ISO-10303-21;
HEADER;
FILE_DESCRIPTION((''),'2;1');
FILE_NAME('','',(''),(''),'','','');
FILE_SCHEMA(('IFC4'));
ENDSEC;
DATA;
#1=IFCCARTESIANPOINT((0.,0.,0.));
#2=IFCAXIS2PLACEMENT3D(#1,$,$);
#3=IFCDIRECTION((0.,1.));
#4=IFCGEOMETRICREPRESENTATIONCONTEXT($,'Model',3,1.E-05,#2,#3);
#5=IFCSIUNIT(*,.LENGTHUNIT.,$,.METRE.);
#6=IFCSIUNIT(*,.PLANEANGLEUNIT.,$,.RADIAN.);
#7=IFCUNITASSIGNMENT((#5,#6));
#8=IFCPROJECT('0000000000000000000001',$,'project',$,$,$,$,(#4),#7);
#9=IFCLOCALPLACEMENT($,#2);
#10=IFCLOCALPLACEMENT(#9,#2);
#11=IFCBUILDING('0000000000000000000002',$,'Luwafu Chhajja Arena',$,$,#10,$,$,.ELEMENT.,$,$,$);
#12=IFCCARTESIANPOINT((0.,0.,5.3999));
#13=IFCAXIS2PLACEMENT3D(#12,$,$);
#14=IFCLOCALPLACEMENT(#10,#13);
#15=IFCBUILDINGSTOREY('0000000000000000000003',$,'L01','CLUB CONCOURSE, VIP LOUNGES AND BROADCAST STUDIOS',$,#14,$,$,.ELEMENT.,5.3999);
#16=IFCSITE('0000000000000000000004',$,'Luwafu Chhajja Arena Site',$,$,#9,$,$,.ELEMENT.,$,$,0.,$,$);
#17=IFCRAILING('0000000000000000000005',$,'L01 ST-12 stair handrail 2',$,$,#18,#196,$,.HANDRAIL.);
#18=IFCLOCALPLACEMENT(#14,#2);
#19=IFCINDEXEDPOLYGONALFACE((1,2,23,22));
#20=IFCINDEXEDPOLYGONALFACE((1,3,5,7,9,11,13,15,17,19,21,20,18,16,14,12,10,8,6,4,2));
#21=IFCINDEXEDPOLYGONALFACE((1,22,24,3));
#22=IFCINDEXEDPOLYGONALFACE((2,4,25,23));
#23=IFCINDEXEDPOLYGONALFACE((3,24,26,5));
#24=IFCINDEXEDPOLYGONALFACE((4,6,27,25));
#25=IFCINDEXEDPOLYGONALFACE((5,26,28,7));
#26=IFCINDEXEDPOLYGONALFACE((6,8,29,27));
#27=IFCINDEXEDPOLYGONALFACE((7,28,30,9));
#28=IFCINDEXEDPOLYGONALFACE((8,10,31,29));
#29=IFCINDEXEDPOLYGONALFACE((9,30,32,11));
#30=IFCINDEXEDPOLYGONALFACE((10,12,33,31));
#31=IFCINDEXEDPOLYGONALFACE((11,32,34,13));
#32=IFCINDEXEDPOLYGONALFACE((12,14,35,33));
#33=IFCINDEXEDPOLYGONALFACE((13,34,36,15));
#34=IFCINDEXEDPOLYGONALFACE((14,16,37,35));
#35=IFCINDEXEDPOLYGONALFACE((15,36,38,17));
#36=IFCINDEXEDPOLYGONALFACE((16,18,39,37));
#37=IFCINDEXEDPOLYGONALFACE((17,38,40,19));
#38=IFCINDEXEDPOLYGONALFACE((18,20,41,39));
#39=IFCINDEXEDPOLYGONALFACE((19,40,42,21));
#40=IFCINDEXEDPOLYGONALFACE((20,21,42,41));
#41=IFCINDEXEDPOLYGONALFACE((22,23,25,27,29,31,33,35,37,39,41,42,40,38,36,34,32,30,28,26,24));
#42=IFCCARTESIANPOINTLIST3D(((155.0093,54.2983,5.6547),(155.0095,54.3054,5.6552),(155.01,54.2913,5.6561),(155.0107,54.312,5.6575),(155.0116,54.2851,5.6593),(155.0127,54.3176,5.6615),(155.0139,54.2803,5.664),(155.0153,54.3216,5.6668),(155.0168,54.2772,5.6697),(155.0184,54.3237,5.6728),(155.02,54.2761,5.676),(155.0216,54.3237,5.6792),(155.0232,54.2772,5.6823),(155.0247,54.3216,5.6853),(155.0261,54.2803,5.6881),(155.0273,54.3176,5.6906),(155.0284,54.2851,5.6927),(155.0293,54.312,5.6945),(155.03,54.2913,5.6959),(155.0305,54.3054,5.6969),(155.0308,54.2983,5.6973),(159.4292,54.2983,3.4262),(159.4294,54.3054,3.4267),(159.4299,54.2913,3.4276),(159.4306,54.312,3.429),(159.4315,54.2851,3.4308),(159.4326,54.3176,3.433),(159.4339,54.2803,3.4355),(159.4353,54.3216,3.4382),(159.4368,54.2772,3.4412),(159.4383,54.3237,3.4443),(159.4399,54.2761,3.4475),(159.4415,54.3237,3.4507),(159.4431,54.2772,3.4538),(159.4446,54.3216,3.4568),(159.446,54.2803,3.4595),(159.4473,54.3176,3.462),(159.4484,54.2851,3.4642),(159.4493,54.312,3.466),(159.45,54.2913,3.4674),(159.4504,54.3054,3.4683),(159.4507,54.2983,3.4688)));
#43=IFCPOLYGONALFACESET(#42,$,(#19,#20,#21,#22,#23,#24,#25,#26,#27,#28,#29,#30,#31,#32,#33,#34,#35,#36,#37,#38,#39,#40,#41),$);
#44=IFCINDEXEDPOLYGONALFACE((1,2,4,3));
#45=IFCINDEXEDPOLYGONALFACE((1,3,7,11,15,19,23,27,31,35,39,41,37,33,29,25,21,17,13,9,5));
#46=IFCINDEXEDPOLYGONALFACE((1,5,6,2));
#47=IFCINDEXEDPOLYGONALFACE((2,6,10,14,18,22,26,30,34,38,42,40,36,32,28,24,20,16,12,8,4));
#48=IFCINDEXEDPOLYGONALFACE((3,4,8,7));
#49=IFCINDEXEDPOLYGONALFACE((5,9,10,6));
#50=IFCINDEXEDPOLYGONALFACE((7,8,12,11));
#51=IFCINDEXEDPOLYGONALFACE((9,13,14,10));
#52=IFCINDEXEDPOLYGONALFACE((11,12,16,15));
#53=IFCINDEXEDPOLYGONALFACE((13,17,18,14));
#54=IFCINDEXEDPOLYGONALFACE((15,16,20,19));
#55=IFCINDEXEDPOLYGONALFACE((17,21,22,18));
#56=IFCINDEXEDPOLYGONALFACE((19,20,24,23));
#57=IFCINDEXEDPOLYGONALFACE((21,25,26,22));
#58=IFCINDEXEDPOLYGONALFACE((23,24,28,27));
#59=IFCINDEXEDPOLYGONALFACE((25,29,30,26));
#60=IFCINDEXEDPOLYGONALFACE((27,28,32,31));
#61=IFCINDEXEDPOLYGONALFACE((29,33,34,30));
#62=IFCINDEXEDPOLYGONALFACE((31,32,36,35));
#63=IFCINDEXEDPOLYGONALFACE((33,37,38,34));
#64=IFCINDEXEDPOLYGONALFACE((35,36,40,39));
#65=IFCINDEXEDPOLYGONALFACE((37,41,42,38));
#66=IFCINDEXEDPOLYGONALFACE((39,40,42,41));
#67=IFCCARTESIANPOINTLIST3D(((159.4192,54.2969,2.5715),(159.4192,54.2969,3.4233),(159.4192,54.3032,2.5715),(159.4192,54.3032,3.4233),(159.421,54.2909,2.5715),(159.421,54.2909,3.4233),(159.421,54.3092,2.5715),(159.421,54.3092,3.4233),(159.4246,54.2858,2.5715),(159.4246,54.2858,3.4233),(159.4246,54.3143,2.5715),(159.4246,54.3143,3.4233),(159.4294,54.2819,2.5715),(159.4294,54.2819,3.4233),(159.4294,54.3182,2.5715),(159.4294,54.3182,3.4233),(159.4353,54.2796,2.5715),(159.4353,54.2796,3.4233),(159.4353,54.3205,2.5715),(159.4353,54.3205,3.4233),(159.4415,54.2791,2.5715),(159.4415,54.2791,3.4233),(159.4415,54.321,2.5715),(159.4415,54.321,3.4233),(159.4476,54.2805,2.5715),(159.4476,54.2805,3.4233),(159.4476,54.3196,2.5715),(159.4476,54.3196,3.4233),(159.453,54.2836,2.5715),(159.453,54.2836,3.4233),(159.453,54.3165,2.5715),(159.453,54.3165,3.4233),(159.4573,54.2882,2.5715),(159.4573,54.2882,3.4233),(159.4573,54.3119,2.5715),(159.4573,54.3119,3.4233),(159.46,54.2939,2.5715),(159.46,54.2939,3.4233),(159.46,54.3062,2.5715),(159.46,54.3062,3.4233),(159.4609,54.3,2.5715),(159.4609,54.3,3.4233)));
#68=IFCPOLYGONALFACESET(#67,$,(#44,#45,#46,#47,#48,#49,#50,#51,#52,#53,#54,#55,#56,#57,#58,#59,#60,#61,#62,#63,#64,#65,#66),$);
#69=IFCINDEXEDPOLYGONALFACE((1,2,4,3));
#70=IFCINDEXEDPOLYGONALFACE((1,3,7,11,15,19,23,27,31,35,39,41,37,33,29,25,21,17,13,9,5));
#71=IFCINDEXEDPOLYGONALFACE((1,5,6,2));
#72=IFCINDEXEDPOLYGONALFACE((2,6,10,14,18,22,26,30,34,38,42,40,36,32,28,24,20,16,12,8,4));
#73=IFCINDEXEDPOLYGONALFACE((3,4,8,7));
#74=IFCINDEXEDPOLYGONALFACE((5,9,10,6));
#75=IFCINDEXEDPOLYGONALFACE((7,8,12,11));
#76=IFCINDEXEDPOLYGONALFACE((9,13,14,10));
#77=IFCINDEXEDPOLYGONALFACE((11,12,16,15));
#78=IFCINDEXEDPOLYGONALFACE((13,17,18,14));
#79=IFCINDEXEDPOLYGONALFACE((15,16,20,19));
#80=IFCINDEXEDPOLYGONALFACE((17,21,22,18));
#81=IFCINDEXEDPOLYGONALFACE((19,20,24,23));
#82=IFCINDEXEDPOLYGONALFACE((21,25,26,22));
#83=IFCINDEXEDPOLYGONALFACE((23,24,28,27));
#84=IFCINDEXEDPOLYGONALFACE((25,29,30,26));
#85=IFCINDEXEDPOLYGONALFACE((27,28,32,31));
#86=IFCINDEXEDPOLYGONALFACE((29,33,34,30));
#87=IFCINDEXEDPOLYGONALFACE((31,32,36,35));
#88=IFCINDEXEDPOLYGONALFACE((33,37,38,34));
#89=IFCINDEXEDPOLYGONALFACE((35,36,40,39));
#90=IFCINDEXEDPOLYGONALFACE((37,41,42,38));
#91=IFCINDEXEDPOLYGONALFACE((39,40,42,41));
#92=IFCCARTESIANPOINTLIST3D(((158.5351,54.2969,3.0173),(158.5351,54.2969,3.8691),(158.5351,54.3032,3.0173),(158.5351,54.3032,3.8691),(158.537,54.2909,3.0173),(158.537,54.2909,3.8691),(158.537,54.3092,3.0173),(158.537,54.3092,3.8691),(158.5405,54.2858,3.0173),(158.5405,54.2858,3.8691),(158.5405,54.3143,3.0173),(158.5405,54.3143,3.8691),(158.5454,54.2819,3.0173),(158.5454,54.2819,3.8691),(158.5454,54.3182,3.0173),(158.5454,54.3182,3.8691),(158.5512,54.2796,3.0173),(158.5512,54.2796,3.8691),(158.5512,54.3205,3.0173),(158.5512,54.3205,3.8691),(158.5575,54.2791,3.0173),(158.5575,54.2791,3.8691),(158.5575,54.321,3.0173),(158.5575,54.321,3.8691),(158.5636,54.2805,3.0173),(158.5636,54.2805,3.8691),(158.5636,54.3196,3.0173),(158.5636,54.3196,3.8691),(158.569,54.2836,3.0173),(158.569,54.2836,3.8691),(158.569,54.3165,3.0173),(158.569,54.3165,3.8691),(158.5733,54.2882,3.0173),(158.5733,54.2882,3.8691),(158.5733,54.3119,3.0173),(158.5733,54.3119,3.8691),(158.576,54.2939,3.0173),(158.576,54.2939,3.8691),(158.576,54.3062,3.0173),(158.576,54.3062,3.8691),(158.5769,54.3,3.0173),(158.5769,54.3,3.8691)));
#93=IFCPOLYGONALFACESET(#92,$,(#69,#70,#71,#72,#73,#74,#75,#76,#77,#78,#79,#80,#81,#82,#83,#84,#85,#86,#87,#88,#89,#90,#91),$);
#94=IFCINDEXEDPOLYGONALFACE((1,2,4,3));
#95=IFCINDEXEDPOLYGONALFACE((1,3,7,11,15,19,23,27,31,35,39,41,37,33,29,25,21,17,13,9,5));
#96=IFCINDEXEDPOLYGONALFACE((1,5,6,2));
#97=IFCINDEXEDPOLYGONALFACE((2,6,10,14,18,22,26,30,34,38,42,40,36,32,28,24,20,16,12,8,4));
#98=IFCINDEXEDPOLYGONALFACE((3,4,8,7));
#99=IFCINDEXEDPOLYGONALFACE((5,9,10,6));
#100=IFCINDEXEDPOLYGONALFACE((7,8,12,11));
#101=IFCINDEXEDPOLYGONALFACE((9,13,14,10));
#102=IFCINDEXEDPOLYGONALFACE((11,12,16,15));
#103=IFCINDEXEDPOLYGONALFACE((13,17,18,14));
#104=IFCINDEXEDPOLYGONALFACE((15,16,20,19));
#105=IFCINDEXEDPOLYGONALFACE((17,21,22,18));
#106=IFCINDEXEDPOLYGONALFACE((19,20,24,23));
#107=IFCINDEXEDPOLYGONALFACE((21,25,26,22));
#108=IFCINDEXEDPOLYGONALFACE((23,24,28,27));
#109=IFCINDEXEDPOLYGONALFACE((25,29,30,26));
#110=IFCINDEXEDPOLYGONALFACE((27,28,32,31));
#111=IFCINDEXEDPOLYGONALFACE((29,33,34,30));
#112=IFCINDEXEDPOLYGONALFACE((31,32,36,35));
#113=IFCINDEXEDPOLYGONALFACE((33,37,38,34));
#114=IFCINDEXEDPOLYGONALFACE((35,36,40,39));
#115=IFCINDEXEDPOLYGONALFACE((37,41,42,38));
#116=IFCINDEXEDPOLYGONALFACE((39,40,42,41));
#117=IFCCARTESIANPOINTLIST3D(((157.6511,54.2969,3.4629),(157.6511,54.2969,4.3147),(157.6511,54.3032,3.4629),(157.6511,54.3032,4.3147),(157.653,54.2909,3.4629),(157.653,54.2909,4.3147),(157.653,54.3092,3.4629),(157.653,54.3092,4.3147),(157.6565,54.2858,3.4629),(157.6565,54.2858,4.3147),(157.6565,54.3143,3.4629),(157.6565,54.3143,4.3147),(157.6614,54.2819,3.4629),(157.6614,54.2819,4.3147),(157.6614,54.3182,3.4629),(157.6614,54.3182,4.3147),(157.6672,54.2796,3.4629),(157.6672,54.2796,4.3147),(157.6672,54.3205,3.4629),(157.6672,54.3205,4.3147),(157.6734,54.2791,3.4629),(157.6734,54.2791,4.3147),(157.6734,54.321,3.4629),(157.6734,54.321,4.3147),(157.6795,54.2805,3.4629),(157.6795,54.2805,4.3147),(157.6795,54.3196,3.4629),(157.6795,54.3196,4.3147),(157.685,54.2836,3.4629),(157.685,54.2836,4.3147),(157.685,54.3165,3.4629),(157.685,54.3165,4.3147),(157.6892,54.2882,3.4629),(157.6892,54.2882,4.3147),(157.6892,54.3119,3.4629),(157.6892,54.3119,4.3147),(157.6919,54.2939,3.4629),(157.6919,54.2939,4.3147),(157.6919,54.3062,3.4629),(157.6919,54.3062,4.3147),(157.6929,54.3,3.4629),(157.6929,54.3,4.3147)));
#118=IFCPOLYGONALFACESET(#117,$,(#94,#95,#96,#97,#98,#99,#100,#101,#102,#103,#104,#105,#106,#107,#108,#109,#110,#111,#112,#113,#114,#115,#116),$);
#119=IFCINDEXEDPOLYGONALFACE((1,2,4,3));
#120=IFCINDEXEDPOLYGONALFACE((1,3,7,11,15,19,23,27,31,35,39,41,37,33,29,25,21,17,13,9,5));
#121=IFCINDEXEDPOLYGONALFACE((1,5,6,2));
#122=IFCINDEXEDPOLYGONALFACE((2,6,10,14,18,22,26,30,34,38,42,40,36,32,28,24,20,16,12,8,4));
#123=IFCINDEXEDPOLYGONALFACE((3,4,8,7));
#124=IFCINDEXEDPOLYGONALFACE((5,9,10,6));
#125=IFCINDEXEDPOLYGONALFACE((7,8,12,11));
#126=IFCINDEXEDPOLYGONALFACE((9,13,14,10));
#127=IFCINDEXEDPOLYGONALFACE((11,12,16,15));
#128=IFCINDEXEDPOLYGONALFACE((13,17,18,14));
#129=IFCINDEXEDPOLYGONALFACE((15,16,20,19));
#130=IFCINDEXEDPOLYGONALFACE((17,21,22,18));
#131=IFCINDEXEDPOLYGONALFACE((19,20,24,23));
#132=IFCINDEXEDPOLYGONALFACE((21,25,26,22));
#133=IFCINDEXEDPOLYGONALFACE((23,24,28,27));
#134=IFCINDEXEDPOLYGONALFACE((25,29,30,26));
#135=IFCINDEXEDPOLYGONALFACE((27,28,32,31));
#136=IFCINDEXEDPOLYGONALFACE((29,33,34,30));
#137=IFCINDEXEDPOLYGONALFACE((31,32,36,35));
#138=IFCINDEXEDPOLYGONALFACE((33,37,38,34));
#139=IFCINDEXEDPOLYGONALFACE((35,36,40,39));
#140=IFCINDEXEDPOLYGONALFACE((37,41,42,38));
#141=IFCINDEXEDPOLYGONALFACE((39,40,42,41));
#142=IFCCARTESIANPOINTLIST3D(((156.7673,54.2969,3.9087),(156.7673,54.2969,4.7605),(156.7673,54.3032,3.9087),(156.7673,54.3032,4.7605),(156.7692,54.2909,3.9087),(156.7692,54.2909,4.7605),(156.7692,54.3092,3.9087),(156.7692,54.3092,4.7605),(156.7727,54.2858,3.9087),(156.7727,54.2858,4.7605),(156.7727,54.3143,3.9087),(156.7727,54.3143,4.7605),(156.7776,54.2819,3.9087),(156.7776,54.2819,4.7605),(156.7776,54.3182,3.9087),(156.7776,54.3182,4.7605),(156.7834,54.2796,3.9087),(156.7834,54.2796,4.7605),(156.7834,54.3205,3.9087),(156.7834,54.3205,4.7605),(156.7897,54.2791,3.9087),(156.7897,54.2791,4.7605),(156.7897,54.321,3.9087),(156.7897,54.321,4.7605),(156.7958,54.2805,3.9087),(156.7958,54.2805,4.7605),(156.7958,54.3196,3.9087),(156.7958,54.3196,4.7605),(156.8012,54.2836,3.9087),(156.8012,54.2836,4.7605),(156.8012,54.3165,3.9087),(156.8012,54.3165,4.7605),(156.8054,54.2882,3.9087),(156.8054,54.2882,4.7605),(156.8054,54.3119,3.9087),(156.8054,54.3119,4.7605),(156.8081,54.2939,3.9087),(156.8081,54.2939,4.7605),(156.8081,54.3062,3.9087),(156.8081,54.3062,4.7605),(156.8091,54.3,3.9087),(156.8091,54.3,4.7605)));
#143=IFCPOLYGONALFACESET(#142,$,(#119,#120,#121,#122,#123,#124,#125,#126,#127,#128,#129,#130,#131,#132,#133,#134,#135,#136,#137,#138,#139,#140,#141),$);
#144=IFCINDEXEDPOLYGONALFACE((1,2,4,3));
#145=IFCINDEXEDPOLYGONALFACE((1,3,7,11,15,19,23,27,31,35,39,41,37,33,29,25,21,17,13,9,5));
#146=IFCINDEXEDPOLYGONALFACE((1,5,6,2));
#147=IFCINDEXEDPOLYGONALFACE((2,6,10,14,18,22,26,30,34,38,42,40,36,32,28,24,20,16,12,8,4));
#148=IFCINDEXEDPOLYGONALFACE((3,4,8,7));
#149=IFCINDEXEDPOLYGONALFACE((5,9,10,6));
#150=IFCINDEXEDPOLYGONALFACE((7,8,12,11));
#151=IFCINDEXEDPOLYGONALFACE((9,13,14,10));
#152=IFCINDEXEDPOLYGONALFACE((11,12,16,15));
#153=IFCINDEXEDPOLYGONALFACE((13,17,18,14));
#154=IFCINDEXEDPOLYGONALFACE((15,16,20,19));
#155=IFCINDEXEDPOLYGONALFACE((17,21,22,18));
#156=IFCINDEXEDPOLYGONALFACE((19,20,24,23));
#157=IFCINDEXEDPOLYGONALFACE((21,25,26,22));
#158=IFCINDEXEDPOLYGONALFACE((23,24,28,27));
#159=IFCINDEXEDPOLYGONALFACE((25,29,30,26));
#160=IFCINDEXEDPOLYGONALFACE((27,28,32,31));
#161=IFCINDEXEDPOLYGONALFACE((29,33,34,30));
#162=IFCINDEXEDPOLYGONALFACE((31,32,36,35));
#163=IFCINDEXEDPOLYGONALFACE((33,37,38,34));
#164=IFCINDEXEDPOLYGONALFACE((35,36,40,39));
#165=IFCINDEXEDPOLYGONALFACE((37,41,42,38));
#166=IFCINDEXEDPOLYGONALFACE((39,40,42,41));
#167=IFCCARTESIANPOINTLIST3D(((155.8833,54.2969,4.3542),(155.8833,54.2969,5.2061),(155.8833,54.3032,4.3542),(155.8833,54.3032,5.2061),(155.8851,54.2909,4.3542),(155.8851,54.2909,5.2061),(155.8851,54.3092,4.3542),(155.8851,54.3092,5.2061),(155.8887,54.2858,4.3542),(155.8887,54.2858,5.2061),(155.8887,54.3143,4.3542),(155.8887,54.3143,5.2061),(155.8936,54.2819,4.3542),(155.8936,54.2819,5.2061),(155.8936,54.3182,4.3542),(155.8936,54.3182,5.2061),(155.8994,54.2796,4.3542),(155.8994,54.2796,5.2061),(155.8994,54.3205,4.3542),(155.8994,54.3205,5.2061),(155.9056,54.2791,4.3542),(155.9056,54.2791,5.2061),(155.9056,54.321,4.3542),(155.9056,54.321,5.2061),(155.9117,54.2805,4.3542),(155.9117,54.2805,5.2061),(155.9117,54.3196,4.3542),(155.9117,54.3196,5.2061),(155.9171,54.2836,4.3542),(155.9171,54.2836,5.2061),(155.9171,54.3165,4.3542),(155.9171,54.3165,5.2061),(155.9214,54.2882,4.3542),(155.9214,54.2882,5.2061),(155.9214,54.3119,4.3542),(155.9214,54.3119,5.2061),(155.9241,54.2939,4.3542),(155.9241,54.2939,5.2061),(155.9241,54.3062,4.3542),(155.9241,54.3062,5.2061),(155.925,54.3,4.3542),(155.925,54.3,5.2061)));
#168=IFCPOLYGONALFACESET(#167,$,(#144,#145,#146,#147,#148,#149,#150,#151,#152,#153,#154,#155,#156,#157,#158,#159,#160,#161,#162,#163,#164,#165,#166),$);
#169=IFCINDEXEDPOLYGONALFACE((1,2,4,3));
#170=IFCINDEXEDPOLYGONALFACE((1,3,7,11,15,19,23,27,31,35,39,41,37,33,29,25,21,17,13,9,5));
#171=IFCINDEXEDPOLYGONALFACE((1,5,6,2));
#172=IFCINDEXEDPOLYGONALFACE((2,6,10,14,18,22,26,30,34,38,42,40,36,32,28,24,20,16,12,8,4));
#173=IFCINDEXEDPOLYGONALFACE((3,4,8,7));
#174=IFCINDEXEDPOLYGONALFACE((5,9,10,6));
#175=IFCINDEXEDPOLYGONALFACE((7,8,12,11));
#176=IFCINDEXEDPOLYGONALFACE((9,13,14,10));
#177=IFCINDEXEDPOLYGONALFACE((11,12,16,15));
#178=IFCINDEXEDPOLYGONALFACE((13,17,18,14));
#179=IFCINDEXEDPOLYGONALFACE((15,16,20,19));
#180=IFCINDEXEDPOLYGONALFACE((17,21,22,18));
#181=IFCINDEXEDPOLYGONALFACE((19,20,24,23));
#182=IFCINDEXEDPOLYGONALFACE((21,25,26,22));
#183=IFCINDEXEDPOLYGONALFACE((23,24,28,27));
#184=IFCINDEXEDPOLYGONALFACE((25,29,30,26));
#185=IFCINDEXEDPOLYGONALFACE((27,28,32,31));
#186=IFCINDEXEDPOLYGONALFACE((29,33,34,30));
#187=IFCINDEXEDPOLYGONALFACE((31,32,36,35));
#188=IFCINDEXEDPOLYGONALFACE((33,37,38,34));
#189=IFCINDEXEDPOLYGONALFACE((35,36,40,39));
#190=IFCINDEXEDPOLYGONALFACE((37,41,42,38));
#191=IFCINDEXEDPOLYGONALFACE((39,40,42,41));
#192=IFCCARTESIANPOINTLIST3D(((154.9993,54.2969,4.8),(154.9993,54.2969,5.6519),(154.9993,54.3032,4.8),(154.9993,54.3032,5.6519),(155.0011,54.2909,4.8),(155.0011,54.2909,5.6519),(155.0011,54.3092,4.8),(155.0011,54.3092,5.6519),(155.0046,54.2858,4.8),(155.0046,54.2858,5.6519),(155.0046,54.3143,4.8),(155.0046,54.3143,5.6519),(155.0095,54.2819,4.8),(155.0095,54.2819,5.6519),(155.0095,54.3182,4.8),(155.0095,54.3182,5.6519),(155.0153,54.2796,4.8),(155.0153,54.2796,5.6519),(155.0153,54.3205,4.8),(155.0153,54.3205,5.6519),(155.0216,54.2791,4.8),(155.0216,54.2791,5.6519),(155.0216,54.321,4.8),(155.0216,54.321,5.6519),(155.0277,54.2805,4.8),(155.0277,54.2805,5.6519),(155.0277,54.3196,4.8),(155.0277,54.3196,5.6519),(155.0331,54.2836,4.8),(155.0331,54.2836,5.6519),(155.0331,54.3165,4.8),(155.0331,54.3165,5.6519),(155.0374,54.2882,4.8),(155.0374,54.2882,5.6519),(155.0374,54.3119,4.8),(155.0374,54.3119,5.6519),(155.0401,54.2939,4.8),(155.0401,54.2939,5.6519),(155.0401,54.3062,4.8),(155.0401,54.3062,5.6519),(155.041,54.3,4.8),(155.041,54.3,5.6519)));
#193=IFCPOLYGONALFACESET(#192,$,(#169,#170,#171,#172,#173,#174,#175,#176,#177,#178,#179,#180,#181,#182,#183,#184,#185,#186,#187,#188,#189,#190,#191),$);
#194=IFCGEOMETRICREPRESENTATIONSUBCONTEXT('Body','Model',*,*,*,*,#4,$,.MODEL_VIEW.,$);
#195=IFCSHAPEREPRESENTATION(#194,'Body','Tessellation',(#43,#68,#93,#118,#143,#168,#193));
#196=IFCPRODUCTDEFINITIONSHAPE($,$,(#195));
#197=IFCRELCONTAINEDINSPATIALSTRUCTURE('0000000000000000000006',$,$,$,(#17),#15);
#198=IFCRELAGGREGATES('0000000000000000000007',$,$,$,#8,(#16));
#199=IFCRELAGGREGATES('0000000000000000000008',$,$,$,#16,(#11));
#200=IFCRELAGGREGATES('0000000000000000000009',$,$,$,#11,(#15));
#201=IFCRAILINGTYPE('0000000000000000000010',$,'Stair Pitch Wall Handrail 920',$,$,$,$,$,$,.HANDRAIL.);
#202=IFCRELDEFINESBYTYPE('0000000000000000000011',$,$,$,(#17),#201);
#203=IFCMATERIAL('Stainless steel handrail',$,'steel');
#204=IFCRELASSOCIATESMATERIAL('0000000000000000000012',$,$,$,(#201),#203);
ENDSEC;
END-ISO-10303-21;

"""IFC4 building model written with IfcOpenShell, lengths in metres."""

from ifc_helpers import new_model, si_unit, direction, frame, origin, origin_2d, place, context, subcontext, project, spatial, circle, extrude, material, type_object, element, save


model = new_model("IFC4")

# Units and contexts
model_context = context("Model", 3, precision=1e-05, world=origin(), true_north=direction((0.0, 1.0)))
body_context = subcontext(model_context, "Body", "Model", "MODEL_VIEW")
ifc_project = project(units=[si_unit("LENGTHUNIT", "METRE"), si_unit("PLANEANGLEUNIT", "RADIAN")], contexts=[model_context])

# Site, building, storey
site_placement = place(None, origin())
site = spatial("IfcSite", under=ifc_project, at=site_placement, Name="Luwafu Chhajja Arena Site", CompositionType="ELEMENT", RefElevation=0.0)
building_placement = place(site_placement, origin())
building = spatial("IfcBuilding", under=site, at=building_placement, Name="Luwafu Chhajja Arena", CompositionType="ELEMENT")
storey_placement = place(building_placement, frame((0.0, 0.0, 5.3999)))
storey = spatial("IfcBuildingStorey", under=building, at=storey_placement, Name="L01", Description="CLUB CONCOURSE, VIP LOUNGES AND BROADCAST STUDIOS", CompositionType="ELEMENT", Elevation=5.3999)

# Railing
ifc_material_1 = material(Name="Stainless steel handrail", Category="steel")
railing_type_1 = type_object("IfcRailingType", Name="Stair Pitch Wall Handrail 920", PredefinedType="HANDRAIL", material=ifc_material_1)
for number, where, name in (
    (1, (159.4399, 54.3, 2.5715), "L01 ST-12 stair handrail 2"),
):
    element("IfcRailing", number, at=place(storey_placement, frame(where)), inside=storey, type_object=railing_type_1, Name=name, PredefinedType="HANDRAIL", context=body_context, shape_type="SweptSolid", body=[
        extrude(circle(Radius=0.0239, at=origin_2d()), frame((0.0, 0.0, 0.876), z_axis=(-0.892923, 0.0, 0.45021), x_axis=(0.0, -1.0, 0.0)), (0.0, 0.0, 1.0), 4.95),
        extrude(circle(Radius=0.021, at=origin_2d()), origin(), (0.0, 0.0, 1.0), 0.8518),
        extrude(circle(Radius=0.021, at=origin_2d()), frame((-0.884, 0.0, 0.4458)), (0.0, 0.0, 1.0), 0.8518),
        extrude(circle(Radius=0.021, at=origin_2d()), frame((-1.7681, 0.0, 0.8914)), (0.0, 0.0, 1.0), 0.8518),
        extrude(circle(Radius=0.021, at=origin_2d()), frame((-2.6519, 0.0, 1.3372)), (0.0, 0.0, 1.0), 0.8518),
        extrude(circle(Radius=0.021, at=origin_2d()), frame((-3.5359, 0.0, 1.7827)), (0.0, 0.0, 1.0), 0.8518),
        extrude(circle(Radius=0.021, at=origin_2d()), frame((-4.4199, 0.0, 2.2285)), (0.0, 0.0, 1.0), 0.8518),
    ])

save(model, "model.ifc")
